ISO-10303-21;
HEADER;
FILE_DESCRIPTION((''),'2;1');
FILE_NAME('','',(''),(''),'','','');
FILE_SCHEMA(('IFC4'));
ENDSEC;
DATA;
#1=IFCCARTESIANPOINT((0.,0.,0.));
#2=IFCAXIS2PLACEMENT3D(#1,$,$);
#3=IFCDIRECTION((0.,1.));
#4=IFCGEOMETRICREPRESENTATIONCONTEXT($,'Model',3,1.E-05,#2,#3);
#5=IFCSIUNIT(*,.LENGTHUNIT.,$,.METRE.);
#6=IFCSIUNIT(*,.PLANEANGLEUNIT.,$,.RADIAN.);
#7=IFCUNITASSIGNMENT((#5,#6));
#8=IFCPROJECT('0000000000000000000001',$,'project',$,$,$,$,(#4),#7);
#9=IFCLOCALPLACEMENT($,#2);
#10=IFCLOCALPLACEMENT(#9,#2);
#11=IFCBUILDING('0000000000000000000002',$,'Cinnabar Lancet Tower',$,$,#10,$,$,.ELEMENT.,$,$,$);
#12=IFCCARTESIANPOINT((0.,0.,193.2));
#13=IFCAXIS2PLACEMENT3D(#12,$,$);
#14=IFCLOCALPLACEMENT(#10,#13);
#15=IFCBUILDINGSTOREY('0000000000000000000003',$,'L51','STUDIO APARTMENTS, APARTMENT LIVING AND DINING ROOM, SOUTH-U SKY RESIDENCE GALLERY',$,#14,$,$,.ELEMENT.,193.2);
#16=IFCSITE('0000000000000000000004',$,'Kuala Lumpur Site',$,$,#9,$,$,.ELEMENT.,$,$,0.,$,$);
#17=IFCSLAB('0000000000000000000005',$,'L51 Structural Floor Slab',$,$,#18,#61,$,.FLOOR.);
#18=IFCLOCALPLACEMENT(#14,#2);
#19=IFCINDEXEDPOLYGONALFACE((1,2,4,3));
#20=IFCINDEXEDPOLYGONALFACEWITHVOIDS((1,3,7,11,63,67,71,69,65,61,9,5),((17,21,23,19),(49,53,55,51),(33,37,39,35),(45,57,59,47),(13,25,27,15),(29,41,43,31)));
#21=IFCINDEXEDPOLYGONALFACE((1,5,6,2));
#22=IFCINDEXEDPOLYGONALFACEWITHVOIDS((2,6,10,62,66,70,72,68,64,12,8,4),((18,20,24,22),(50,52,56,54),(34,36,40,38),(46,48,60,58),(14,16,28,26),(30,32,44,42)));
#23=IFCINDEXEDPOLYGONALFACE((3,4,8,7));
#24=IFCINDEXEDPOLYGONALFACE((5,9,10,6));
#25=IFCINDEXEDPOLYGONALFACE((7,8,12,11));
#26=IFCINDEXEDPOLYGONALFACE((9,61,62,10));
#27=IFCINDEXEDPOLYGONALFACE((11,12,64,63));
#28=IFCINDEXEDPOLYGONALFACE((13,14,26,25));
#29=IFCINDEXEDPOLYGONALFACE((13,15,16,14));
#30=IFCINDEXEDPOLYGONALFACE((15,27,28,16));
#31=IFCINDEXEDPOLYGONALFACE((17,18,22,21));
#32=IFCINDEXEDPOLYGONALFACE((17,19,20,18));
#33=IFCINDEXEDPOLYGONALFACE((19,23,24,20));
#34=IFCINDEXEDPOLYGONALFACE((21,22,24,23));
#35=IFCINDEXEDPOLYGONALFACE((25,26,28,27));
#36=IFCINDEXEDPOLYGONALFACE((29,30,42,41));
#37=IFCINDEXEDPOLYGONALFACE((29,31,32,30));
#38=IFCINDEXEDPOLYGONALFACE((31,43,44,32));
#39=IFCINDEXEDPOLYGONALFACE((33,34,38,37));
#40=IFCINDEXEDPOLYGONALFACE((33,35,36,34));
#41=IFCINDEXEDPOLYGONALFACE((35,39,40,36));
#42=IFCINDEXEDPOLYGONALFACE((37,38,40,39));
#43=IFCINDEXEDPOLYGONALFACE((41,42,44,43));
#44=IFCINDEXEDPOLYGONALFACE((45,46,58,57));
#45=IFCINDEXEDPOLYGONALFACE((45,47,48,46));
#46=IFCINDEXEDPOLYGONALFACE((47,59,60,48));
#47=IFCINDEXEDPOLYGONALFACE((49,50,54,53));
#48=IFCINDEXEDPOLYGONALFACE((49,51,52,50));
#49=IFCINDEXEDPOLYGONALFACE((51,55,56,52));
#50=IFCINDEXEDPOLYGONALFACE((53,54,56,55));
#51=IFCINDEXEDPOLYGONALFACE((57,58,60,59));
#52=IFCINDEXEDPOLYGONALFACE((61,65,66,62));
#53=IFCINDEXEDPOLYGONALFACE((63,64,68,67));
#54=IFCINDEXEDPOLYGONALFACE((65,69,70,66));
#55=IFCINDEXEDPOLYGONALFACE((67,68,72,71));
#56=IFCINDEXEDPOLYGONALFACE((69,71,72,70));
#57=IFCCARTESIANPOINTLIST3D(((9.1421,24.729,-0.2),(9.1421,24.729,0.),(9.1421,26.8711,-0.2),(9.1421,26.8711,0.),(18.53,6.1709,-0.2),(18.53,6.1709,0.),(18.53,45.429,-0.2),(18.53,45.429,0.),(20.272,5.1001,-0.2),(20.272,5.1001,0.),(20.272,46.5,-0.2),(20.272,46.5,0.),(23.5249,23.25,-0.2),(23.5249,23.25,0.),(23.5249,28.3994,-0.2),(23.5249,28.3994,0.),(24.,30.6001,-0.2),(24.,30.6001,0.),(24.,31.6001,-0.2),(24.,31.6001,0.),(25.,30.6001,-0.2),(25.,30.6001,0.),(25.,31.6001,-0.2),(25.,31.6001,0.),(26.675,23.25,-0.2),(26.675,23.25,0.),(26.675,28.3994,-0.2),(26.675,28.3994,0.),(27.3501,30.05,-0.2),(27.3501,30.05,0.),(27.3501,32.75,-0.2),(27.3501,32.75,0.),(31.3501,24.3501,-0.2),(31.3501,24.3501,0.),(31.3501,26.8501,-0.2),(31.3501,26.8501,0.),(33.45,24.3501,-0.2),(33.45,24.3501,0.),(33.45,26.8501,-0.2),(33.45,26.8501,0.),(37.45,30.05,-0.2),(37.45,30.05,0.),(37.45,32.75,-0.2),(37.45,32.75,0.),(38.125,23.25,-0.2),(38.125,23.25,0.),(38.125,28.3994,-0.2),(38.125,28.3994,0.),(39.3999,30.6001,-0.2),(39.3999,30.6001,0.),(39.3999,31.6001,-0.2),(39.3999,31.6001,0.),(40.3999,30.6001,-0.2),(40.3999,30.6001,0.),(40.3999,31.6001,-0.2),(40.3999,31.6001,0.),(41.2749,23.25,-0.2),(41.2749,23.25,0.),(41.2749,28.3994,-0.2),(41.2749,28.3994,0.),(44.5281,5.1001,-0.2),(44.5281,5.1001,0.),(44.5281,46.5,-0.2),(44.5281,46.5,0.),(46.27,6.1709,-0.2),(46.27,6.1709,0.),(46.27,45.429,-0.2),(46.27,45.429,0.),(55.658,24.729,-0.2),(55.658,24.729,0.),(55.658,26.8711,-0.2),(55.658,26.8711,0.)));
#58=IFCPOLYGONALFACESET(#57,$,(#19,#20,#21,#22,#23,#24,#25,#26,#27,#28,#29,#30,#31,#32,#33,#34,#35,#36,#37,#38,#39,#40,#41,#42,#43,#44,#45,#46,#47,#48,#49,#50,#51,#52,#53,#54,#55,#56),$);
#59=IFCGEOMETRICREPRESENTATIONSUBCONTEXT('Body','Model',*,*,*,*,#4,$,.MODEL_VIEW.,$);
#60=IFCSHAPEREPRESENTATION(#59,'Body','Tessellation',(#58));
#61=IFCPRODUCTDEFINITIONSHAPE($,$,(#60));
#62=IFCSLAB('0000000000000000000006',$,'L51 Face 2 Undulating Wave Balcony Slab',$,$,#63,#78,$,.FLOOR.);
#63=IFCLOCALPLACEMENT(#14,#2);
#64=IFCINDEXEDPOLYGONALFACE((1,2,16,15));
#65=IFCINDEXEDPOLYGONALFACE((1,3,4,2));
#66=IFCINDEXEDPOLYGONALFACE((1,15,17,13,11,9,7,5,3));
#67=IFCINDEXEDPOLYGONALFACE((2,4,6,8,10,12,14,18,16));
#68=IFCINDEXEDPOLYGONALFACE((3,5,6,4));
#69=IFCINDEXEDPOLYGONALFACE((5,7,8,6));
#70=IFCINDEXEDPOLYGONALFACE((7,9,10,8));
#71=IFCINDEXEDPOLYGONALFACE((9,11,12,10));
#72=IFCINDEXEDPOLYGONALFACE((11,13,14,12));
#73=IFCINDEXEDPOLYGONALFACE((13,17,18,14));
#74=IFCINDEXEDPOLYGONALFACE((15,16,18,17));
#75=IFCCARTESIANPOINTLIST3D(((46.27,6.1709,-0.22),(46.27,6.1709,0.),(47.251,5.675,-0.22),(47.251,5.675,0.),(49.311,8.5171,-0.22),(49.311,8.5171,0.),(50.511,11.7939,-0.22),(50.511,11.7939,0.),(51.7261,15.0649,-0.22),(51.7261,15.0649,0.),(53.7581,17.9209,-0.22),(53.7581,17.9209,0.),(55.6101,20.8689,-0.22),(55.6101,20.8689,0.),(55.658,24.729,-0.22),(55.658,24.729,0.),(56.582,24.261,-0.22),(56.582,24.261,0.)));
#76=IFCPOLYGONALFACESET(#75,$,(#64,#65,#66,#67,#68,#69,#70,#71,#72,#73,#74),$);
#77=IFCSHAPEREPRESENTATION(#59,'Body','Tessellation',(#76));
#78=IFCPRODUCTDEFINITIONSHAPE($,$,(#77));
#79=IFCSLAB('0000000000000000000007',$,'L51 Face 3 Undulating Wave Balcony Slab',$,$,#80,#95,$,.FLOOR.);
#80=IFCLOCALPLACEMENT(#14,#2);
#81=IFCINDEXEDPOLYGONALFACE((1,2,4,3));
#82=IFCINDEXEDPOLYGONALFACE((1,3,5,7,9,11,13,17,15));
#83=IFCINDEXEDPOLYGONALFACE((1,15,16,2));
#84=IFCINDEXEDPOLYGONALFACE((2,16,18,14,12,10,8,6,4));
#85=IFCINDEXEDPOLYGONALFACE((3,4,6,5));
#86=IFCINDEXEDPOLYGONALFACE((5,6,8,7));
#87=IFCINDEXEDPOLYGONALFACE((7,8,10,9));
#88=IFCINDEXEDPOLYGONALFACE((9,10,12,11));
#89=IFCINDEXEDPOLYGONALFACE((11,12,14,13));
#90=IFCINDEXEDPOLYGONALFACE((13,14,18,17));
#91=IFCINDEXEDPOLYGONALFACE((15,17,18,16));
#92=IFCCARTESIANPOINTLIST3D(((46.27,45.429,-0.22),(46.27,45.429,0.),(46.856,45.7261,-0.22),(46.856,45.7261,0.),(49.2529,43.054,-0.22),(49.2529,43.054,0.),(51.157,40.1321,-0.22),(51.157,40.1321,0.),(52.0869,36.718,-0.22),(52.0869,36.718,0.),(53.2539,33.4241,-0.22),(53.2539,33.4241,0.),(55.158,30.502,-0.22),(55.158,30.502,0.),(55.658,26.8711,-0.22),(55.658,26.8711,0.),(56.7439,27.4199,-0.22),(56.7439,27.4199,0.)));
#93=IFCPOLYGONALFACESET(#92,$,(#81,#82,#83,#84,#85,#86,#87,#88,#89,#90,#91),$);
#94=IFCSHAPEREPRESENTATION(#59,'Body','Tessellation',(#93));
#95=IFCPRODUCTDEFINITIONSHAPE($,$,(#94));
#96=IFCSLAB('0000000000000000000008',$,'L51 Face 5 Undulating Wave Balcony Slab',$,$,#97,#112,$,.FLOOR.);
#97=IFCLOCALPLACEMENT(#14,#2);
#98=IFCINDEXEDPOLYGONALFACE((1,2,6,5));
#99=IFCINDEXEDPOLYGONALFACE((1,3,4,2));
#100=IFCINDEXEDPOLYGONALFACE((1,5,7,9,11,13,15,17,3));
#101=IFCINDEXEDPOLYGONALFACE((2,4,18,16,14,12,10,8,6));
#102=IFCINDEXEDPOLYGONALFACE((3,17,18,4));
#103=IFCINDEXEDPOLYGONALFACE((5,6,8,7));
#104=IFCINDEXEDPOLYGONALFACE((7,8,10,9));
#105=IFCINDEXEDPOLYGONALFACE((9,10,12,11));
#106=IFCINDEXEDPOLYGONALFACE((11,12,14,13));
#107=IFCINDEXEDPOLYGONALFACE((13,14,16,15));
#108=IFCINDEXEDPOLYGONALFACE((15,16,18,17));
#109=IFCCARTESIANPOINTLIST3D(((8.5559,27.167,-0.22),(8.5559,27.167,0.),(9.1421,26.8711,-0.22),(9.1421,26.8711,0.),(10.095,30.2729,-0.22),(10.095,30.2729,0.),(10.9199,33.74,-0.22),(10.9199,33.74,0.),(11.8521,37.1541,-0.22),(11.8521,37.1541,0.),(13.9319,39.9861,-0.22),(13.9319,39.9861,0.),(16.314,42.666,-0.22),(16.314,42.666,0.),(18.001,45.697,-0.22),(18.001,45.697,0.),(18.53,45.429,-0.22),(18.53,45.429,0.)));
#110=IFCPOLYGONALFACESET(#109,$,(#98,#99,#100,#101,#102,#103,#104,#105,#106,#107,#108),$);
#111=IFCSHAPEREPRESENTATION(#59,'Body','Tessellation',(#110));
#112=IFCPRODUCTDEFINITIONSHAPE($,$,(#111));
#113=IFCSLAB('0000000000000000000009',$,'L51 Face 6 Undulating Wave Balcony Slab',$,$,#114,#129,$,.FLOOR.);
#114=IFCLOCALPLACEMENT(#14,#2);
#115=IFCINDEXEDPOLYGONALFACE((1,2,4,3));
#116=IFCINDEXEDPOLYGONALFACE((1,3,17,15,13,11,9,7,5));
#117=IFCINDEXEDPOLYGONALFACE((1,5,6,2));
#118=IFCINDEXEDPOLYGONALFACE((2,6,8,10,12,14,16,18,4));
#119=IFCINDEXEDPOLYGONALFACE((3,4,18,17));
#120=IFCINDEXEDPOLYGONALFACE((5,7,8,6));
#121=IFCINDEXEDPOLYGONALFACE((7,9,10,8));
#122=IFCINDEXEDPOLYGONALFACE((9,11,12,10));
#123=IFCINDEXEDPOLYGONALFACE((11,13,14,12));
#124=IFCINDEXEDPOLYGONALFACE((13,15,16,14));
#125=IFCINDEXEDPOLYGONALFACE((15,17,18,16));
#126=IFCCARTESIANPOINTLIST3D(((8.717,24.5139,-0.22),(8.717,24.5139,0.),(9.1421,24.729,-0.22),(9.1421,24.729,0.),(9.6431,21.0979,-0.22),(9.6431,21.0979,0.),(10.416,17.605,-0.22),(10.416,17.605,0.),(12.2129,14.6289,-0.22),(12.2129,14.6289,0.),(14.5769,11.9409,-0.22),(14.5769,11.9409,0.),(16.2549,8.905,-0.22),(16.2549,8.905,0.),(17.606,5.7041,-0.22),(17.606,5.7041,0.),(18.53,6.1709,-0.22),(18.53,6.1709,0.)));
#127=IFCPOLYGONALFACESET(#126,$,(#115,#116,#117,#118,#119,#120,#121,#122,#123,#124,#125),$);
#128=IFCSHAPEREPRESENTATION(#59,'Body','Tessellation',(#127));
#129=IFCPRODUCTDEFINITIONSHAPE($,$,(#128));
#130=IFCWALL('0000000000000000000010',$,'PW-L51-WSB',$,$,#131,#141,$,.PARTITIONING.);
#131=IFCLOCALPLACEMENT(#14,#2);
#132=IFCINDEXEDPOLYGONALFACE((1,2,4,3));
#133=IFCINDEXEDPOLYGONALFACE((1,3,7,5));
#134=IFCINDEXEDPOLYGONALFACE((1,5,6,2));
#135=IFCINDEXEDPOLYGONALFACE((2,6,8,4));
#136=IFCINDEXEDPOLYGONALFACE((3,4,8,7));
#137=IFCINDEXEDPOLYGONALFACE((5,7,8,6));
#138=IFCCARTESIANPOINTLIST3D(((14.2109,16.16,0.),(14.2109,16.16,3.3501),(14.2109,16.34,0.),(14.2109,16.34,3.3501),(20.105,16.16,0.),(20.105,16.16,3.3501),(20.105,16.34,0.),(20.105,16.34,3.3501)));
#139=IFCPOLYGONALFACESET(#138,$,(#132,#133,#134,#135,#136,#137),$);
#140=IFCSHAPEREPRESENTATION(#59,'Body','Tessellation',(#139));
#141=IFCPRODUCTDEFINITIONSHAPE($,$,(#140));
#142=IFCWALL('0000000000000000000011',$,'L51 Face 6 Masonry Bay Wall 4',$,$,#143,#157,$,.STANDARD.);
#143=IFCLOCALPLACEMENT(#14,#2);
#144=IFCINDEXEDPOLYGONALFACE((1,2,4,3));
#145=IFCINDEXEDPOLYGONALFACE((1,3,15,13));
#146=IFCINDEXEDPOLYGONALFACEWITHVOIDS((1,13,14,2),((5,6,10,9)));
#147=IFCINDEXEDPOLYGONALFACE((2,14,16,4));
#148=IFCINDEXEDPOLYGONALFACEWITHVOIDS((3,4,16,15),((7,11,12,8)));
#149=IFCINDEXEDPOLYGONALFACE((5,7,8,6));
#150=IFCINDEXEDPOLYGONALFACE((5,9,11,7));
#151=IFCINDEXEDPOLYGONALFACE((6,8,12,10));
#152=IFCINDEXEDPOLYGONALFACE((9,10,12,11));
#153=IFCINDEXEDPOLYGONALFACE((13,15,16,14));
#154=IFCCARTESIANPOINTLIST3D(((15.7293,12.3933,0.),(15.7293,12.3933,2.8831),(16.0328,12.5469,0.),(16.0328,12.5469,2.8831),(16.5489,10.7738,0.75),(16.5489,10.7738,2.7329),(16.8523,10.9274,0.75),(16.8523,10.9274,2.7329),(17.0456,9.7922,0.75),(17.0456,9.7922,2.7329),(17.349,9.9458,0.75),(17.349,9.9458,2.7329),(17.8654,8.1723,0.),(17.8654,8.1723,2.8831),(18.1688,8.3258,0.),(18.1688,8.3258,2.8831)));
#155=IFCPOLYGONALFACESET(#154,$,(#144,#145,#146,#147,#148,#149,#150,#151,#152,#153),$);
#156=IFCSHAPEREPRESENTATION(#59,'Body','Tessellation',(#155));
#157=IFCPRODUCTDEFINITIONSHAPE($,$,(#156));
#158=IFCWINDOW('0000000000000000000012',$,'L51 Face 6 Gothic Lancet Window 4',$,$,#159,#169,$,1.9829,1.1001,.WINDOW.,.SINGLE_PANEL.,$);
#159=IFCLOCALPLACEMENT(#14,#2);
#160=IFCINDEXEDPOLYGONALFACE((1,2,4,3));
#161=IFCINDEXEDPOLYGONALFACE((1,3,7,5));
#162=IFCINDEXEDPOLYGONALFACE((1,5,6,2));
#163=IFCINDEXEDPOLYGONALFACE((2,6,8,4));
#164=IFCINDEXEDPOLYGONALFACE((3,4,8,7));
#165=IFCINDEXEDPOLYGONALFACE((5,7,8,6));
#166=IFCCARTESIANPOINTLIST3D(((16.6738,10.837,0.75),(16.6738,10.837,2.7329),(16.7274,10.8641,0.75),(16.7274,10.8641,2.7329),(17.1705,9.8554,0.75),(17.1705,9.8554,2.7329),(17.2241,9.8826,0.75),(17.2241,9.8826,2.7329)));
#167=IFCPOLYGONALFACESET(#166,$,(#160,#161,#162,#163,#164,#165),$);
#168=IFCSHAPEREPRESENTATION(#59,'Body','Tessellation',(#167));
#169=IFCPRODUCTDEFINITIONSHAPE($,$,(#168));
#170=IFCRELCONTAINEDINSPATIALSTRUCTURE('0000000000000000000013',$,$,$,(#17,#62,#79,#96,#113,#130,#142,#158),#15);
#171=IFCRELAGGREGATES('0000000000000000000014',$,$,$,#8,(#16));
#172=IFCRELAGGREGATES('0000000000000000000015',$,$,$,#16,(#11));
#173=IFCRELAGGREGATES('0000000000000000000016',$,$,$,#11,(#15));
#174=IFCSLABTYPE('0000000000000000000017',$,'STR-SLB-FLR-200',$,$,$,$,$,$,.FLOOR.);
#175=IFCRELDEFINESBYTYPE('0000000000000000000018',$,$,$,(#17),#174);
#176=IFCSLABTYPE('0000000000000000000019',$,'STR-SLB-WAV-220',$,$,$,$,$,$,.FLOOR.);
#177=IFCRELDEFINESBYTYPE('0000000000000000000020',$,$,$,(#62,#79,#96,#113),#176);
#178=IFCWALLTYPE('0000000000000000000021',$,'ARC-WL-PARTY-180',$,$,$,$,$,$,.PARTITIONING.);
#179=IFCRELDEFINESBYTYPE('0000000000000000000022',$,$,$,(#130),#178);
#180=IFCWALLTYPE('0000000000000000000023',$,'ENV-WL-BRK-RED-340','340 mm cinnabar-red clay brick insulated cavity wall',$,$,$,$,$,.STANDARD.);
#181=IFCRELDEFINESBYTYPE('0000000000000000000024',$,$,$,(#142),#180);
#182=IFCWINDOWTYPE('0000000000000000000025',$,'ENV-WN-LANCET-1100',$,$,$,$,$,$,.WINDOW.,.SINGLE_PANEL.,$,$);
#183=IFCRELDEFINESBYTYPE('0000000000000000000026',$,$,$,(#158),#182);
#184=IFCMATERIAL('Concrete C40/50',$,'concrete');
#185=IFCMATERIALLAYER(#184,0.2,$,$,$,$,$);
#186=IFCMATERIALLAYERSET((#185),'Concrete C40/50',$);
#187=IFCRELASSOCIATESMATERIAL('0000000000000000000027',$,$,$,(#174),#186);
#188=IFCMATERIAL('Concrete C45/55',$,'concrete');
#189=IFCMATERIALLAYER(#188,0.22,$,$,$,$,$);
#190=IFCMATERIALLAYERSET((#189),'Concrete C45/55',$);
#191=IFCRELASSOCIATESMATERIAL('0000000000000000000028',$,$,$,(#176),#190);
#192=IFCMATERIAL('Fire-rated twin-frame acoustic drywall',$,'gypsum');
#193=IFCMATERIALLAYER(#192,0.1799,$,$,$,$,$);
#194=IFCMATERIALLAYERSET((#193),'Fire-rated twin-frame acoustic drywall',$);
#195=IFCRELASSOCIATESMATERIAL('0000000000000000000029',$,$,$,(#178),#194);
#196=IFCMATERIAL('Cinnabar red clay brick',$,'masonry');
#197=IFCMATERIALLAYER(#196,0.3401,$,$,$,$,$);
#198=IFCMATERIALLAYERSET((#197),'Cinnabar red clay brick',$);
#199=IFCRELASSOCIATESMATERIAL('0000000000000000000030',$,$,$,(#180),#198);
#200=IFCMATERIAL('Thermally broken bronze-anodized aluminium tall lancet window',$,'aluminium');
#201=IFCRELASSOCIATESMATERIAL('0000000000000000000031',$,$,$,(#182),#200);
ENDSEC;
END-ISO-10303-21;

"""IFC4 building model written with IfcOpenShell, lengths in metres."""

from ifc_helpers import new_model, si_unit, direction, frame, frame_2d, origin, place, context, subcontext, project, spatial, polyline, rectangle, outline, extrude, material, layer, layer_set, type_object, element, fill, save


model = new_model("IFC4")

# Units and contexts
model_context = context("Model", 3, precision=1e-05, world=origin(), true_north=direction((0.0, 1.0)))
body_context = subcontext(model_context, "Body", "Model", "MODEL_VIEW")
ifc_project = project(units=[si_unit("LENGTHUNIT", "METRE"), si_unit("PLANEANGLEUNIT", "RADIAN")], contexts=[model_context])

# Site, building, storey
site_placement = place(None, origin())
site = spatial("IfcSite", under=ifc_project, at=site_placement, Name="Kuala Lumpur Site", CompositionType="ELEMENT", RefElevation=0.0)
building_placement = place(site_placement, origin())
building = spatial("IfcBuilding", under=site, at=building_placement, Name="Cinnabar Lancet Tower", CompositionType="ELEMENT")
storey_placement = place(building_placement, frame((0.0, 0.0, 193.2)))
storey = spatial("IfcBuildingStorey", under=building, at=storey_placement, Name="L51", Description="STUDIO APARTMENTS, APARTMENT LIVING AND DINING ROOM, SOUTH-U SKY RESIDENCE GALLERY", CompositionType="ELEMENT", Elevation=193.2)

# Slabs
ifc_material_1 = material(Name="Concrete C40/50", Category="concrete")
ifc_layer_1 = layer(ifc_material_1, 0.2)
ifc_layer_set_1 = layer_set([ifc_layer_1], Name="Concrete C40/50")
slab_type_1 = type_object("IfcSlabType", Name="STR-SLB-FLR-200", PredefinedType="FLOOR", material=ifc_layer_set_1)
slab_1_placement = place(storey_placement, frame((0.0, 0.0, -0.2)))
element("IfcSlab", 1, at=slab_1_placement, inside=storey, type_object=slab_type_1, Name="L51 Structural Floor Slab", PredefinedType="FLOOR", context=body_context, shape_type="SweptSolid", body=[
    extrude(outline(polyline([(18.53, 6.1709), (20.272, 5.1001), (44.5281, 5.1001), (46.27, 6.1709), (55.658, 24.729), (55.658, 26.8711), (46.27, 45.429), (44.5281, 46.5), (20.272, 46.5), (18.53, 45.429), (9.1421, 26.8711), (9.1421, 24.729), (18.53, 6.1709)]), holes=[polyline([(23.5249, 23.25), (26.675, 23.25), (26.675, 28.3994), (23.5249, 28.3994), (23.5249, 23.25)]), polyline([(38.125, 23.25), (41.2749, 23.25), (41.2749, 28.3994), (38.125, 28.3994), (38.125, 23.25)]), polyline([(27.3501, 30.05), (37.45, 30.05), (37.45, 32.75), (27.3501, 32.75), (27.3501, 30.05)]), polyline([(31.3501, 24.3501), (33.45, 24.3501), (33.45, 26.8501), (31.3501, 26.8501), (31.3501, 24.3501)]), polyline([(24.0, 30.6001), (25.0, 30.6001), (25.0, 31.6001), (24.0, 31.6001), (24.0, 30.6001)]), polyline([(39.3999, 30.6001), (40.3999, 30.6001), (40.3999, 31.6001), (39.3999, 31.6001), (39.3999, 30.6001)])]), origin(), (0.0, 0.0, 1.0), 0.2),
])
ifc_material_2 = material(Name="Concrete C45/55", Category="concrete")
ifc_layer_2 = layer(ifc_material_2, 0.22)
ifc_layer_set_2 = layer_set([ifc_layer_2], Name="Concrete C45/55")
slab_type_2 = type_object("IfcSlabType", Name="STR-SLB-WAV-220", PredefinedType="FLOOR", material=ifc_layer_set_2)
slab_2_placement = place(storey_placement, frame((0.0, 0.0, -0.22)))
element("IfcSlab", 2, at=slab_2_placement, inside=storey, type_object=slab_type_2, Name="L51 Face 2 Undulating Wave Balcony Slab", PredefinedType="FLOOR", context=body_context, shape_type="SweptSolid", body=[
    extrude(outline(polyline([(46.27, 6.1709), (47.251, 5.675), (49.311, 8.5171), (50.511, 11.7939), (51.7261, 15.0649), (53.7581, 17.9209), (55.6101, 20.8689), (56.582, 24.261), (55.658, 24.729), (46.27, 6.1709)])), origin(), (0.0, 0.0, 1.0), 0.22),
])
slab_3_placement = place(storey_placement, frame((0.0, 0.0, -0.22)))
element("IfcSlab", 3, at=slab_3_placement, inside=storey, type_object=slab_type_2, Name="L51 Face 3 Undulating Wave Balcony Slab", PredefinedType="FLOOR", context=body_context, shape_type="SweptSolid", body=[
    extrude(outline(polyline([(55.658, 26.8711), (56.7439, 27.4199), (55.158, 30.502), (53.2539, 33.4241), (52.0869, 36.718), (51.157, 40.1321), (49.2529, 43.054), (46.856, 45.7261), (46.27, 45.429), (55.658, 26.8711)])), origin(), (0.0, 0.0, 1.0), 0.22),
])
slab_4_placement = place(storey_placement, frame((0.0, 0.0, -0.22)))
element("IfcSlab", 4, at=slab_4_placement, inside=storey, type_object=slab_type_2, Name="L51 Face 5 Undulating Wave Balcony Slab", PredefinedType="FLOOR", context=body_context, shape_type="SweptSolid", body=[
    extrude(outline(polyline([(18.53, 45.429), (18.001, 45.697), (16.314, 42.666), (13.9319, 39.9861), (11.8521, 37.1541), (10.9199, 33.74), (10.095, 30.2729), (8.5559, 27.167), (9.1421, 26.8711), (18.53, 45.429)])), origin(), (0.0, 0.0, 1.0), 0.22),
])
slab_5_placement = place(storey_placement, frame((0.0, 0.0, -0.22)))
element("IfcSlab", 5, at=slab_5_placement, inside=storey, type_object=slab_type_2, Name="L51 Face 6 Undulating Wave Balcony Slab", PredefinedType="FLOOR", context=body_context, shape_type="SweptSolid", body=[
    extrude(outline(polyline([(9.1421, 24.729), (8.717, 24.5139), (9.6431, 21.0979), (10.416, 17.605), (12.2129, 14.6289), (14.5769, 11.9409), (16.2549, 8.905), (17.606, 5.7041), (18.53, 6.1709), (9.1421, 24.729)])), origin(), (0.0, 0.0, 1.0), 0.22),
])

# Wall
ifc_material_3 = material(Name="Fire-rated twin-frame acoustic drywall", Category="gypsum")
ifc_layer_3 = layer(ifc_material_3, 0.1799)
ifc_layer_set_3 = layer_set([ifc_layer_3], Name="Fire-rated twin-frame acoustic drywall")
wall_type_1 = type_object("IfcWallType", Name="ARC-WL-PARTY-180", PredefinedType="PARTITIONING", material=ifc_layer_set_3)
wall_1_placement = place(storey_placement, frame((14.2109, 16.25, 0.0), z_axis=(0.0, 0.0, 1.0), x_axis=(1.0, 0.0, 0.0)))
element("IfcWall", 6, at=wall_1_placement, inside=storey, type_object=wall_type_1, Name="PW-L51-WSB", PredefinedType="PARTITIONING", context=body_context, shape_type="SweptSolid", body=[
    extrude(rectangle(XDim=5.894, YDim=0.1799, at=frame_2d((2.947, 0.0))), origin(), (0.0, 0.0, 1.0), 3.3501),
])

# Wall, opening, window
ifc_material_4 = material(Name="Cinnabar red clay brick", Category="masonry")
ifc_layer_4 = layer(ifc_material_4, 0.3401)
ifc_layer_set_4 = layer_set([ifc_layer_4], Name="Cinnabar red clay brick")
wall_type_2 = type_object("IfcWallType", Name="ENV-WL-BRK-RED-340", Description="340 mm cinnabar-red clay brick insulated cavity wall", PredefinedType="STANDARD", material=ifc_layer_set_4)
wall_2_placement = place(storey_placement, frame((15.8811, 12.47, 0.0), z_axis=(0.0, 0.0, 1.0), x_axis=(0.451523, -0.89226, 0.0)))
wall_2 = element("IfcWall", 7, at=wall_2_placement, inside=storey, type_object=wall_type_2, Name="L51 Face 6 Masonry Bay Wall 4", PredefinedType="STANDARD", context=body_context, shape_type="SweptSolid", body=[
    extrude(rectangle(XDim=4.7307, YDim=0.3401, at=frame_2d((2.3652, 0.0))), origin(), (0.0, 0.0, 1.0), 2.8831),
])
opening_placement = place(wall_2_placement, frame((1.8149, 0.0, 0.75)))
opening = element("IfcOpeningElement", 8, at=opening_placement, cuts=wall_2, PredefinedType="OPENING", context=body_context, shape_type="SweptSolid", body=[
    extrude(rectangle(XDim=1.1001, YDim=1.9829, at=frame_2d((0.55, 0.9915))), frame((0.0, 0.1799, 0.0), z_axis=(0.0, -1.0, 0.0), x_axis=(1.0, 0.0, 0.0)), (0.0, 0.0, 1.0), 0.3601),
])
ifc_material_5 = material(Name="Thermally broken bronze-anodized aluminium tall lancet window", Category="aluminium")
window_type = type_object("IfcWindowType", Name="ENV-WN-LANCET-1100", PartitioningType="SINGLE_PANEL", PredefinedType="WINDOW", material=ifc_material_5)
window_placement = place(opening_placement, origin())
window = element("IfcWindow", 9, at=window_placement, inside=storey, type_object=window_type, Name="L51 Face 6 Gothic Lancet Window 4", OverallHeight=1.9829, OverallWidth=1.1001, PartitioningType="SINGLE_PANEL", PredefinedType="WINDOW", context=body_context, shape_type="SweptSolid", body=[
    extrude(rectangle(XDim=1.1001, YDim=1.9829, at=frame_2d((0.55, 0.9915))), frame((0.0, 0.03, 0.0), z_axis=(0.0, -1.0, 0.0), x_axis=(1.0, 0.0, 0.0)), (0.0, 0.0, 1.0), 0.0601),
])
fill(opening, window)

save(model, "model.ifc")
